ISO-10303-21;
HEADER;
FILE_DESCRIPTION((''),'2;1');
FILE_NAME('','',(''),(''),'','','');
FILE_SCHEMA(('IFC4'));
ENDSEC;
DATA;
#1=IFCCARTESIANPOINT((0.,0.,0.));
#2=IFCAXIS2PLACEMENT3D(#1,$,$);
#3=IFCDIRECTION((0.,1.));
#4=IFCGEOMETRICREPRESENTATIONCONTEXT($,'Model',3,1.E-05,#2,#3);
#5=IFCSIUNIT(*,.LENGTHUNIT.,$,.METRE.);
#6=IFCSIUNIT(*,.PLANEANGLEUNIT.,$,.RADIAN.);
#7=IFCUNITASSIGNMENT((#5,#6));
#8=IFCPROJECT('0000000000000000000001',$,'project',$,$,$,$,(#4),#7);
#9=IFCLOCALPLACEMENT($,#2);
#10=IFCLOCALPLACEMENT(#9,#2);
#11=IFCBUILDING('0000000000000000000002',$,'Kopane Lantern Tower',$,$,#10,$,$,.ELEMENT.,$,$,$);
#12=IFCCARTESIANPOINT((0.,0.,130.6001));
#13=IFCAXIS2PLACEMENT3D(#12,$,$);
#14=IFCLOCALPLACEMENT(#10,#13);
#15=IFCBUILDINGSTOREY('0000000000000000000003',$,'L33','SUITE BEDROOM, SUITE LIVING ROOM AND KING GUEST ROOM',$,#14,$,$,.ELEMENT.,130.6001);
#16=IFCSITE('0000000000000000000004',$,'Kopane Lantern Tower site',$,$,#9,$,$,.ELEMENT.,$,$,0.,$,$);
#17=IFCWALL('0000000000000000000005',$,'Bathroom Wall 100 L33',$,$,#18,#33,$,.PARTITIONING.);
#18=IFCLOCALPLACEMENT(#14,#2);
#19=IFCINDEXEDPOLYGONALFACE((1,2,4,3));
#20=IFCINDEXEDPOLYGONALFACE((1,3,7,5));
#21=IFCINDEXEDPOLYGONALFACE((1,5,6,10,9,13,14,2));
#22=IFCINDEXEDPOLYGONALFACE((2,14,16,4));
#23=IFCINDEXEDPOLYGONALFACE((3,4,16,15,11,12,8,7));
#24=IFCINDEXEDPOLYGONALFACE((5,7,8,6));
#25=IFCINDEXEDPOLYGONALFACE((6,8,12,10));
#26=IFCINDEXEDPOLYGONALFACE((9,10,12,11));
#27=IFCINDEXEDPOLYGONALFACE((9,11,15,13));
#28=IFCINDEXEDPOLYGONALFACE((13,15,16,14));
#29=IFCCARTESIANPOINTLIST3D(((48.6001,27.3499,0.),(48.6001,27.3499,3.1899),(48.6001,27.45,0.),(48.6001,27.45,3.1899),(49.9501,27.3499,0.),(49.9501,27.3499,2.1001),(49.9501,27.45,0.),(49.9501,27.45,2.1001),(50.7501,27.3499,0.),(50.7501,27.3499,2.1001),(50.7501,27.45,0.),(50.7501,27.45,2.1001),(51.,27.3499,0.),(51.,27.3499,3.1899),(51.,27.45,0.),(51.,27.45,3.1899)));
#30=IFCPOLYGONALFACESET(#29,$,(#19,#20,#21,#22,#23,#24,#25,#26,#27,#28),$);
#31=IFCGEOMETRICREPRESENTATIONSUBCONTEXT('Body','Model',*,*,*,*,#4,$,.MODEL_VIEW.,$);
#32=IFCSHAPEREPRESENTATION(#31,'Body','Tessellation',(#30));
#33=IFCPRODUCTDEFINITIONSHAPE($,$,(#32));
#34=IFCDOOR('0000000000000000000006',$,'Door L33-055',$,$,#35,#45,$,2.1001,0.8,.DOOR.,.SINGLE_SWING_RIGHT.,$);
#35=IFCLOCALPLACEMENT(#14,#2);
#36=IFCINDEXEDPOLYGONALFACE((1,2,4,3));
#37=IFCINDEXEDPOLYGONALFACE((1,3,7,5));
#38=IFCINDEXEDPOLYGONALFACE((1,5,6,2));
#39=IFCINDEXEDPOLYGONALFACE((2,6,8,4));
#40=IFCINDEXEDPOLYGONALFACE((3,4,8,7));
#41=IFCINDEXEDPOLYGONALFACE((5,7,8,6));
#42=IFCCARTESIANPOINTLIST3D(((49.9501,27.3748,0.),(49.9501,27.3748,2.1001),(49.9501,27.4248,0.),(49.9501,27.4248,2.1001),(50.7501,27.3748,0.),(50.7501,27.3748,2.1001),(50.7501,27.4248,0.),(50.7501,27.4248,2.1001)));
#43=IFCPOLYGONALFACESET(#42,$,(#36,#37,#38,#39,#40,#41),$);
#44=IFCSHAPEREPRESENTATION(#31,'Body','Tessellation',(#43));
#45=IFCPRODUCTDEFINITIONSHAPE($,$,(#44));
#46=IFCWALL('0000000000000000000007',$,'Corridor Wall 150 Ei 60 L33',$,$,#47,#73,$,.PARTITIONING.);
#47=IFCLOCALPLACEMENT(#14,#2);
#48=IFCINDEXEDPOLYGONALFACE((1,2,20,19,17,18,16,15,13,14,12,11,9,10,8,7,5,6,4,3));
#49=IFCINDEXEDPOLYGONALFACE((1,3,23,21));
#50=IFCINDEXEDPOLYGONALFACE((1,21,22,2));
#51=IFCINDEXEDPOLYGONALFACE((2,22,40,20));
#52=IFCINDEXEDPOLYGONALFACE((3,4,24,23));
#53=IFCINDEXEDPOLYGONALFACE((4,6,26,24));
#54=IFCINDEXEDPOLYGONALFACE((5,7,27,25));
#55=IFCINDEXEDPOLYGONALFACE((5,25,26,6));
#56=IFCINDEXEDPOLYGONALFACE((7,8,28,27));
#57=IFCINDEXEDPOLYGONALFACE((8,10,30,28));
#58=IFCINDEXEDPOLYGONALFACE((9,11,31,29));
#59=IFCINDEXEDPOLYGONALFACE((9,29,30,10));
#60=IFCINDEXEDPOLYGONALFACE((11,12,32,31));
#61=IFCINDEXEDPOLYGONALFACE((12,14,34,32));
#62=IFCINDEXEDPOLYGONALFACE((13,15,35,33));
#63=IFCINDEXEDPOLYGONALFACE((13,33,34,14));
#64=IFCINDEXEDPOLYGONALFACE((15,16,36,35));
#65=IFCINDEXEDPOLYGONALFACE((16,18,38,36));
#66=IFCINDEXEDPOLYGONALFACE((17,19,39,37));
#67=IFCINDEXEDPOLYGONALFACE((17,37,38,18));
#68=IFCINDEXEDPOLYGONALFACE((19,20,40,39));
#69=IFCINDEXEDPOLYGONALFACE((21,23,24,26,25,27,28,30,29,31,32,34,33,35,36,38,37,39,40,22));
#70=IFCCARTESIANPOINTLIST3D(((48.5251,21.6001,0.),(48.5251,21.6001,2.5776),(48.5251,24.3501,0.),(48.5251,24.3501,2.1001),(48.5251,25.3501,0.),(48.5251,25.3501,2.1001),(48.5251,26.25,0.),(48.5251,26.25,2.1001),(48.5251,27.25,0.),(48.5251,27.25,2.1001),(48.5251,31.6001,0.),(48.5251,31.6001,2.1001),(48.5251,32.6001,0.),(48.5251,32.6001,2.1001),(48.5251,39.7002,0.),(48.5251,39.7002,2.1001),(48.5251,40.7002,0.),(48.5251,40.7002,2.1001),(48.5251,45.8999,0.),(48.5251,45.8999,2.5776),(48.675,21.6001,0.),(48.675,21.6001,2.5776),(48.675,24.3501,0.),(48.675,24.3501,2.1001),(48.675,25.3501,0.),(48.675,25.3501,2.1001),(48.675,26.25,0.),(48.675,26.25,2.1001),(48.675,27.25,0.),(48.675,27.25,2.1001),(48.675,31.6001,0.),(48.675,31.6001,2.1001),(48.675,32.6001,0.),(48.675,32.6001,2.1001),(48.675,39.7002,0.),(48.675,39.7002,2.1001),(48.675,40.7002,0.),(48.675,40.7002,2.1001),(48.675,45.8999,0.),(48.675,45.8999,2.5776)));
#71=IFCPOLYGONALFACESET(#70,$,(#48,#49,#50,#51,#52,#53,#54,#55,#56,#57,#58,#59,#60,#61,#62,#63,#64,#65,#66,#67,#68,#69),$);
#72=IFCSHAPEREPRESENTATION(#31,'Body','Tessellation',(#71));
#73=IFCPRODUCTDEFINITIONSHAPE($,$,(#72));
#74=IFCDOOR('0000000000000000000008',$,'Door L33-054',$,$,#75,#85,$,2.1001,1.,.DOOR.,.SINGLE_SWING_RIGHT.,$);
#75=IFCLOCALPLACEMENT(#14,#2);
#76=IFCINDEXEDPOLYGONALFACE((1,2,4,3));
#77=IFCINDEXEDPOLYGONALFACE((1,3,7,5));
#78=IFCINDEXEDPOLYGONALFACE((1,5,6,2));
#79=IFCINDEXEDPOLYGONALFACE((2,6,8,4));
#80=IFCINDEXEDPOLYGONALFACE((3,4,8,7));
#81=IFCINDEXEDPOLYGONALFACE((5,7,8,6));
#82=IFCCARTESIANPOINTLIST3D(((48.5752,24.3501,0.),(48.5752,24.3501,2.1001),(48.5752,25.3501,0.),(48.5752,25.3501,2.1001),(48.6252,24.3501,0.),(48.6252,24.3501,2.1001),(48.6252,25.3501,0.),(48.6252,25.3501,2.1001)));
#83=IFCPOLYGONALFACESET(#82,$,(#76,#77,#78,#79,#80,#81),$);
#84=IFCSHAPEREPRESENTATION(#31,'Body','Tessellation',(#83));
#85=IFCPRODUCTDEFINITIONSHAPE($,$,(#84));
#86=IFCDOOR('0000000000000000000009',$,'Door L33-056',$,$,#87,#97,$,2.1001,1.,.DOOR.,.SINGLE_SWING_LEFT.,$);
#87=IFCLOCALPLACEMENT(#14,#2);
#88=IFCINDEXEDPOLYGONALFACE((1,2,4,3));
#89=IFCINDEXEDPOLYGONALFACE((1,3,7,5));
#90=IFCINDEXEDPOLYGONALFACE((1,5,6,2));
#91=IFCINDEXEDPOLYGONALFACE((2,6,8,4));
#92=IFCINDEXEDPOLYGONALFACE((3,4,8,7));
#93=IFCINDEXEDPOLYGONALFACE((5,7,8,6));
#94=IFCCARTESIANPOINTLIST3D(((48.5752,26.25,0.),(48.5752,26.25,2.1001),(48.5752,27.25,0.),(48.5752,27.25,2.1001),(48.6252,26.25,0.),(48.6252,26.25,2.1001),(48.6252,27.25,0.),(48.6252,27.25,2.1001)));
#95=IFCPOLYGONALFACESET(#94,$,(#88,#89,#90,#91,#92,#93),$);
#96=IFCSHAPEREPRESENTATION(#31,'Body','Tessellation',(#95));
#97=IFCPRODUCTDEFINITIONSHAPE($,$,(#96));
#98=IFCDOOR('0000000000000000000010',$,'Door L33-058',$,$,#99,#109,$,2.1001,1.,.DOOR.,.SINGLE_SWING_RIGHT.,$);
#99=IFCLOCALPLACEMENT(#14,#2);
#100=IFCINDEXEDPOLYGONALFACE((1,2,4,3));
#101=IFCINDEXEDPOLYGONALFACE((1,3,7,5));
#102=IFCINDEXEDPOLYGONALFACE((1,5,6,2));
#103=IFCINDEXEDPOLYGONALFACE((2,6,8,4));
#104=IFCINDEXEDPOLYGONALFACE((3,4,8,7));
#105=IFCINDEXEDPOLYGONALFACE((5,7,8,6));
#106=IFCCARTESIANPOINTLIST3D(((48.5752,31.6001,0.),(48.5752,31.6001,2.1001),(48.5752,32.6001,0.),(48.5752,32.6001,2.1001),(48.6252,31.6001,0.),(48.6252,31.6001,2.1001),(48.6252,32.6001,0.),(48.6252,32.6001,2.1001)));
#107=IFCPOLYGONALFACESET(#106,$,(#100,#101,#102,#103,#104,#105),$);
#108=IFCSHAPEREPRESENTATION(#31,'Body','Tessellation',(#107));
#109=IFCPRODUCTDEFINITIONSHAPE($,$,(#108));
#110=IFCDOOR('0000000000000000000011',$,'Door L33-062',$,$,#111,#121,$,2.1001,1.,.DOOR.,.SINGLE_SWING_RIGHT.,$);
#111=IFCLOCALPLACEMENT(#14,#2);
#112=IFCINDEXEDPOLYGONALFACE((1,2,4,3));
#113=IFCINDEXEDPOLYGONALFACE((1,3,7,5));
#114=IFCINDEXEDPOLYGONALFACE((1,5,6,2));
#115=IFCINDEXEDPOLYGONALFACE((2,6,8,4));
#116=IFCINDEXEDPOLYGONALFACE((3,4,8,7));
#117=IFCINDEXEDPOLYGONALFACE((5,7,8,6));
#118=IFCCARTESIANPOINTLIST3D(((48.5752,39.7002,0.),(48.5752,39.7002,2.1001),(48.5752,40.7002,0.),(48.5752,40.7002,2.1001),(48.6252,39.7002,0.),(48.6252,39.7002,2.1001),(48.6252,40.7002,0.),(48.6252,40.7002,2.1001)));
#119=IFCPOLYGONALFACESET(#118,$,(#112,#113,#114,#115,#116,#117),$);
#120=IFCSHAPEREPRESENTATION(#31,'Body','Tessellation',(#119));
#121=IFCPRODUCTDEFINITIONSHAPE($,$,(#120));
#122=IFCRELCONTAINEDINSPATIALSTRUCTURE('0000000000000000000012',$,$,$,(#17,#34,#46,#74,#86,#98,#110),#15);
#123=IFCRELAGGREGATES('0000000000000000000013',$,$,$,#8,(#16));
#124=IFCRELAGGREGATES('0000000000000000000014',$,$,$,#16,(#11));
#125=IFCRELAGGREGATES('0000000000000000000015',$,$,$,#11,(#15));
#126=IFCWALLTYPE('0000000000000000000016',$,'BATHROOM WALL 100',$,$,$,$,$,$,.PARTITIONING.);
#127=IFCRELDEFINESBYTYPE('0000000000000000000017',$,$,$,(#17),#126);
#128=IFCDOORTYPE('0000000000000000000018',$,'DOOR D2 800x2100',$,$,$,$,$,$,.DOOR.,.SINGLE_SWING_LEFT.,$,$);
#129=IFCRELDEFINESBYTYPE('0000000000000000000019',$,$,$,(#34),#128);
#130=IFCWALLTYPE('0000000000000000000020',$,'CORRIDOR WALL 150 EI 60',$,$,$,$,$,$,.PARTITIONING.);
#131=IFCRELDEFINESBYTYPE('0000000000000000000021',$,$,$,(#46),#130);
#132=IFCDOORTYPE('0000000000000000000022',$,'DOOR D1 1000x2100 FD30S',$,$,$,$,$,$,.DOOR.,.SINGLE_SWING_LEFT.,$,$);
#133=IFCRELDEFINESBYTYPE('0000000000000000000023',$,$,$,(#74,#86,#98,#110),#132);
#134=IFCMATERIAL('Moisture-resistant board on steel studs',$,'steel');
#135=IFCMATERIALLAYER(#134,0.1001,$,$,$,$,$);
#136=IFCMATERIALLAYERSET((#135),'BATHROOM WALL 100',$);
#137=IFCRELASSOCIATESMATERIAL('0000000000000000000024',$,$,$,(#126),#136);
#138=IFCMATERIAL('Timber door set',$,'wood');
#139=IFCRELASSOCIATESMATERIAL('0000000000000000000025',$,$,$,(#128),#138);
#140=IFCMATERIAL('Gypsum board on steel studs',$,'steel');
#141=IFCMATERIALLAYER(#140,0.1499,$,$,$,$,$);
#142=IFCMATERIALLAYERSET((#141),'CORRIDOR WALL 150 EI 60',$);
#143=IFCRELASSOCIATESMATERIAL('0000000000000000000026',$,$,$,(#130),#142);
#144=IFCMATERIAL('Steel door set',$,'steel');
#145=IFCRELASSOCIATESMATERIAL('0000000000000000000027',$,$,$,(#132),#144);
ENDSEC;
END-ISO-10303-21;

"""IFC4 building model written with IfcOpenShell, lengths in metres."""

from ifc_helpers import new_model, si_unit, direction, frame, frame_2d, origin, place, context, subcontext, project, spatial, rectangle, extrude, material, layer, layer_set, type_object, element, fill, save


model = new_model("IFC4")

# Units and contexts
model_context = context("Model", 3, precision=1e-05, world=origin(), true_north=direction((0.0, 1.0)))
body_context = subcontext(model_context, "Body", "Model", "MODEL_VIEW")
ifc_project = project(units=[si_unit("LENGTHUNIT", "METRE"), si_unit("PLANEANGLEUNIT", "RADIAN")], contexts=[model_context])

# Site, building, storey
site_placement = place(None, origin())
site = spatial("IfcSite", under=ifc_project, at=site_placement, Name="Kopane Lantern Tower site", CompositionType="ELEMENT", RefElevation=0.0)
building_placement = place(site_placement, origin())
building = spatial("IfcBuilding", under=site, at=building_placement, Name="Kopane Lantern Tower", CompositionType="ELEMENT")
storey_placement = place(building_placement, frame((0.0, 0.0, 130.6001)))
storey = spatial("IfcBuildingStorey", under=building, at=storey_placement, Name="L33", Description="SUITE BEDROOM, SUITE LIVING ROOM AND KING GUEST ROOM", CompositionType="ELEMENT", Elevation=130.6001)

# Wall, opening, door
ifc_material_1 = material(Name="Moisture-resistant board on steel studs", Category="steel")
ifc_layer_1 = layer(ifc_material_1, 0.1001)
ifc_layer_set_1 = layer_set([ifc_layer_1], Name="BATHROOM WALL 100")
wall_type_1 = type_object("IfcWallType", Name="BATHROOM WALL 100", PredefinedType="PARTITIONING", material=ifc_layer_set_1)
wall_1_placement = place(storey_placement, frame((48.6001, 27.3999, 0.0), z_axis=(0.0, 0.0, 1.0), x_axis=(1.0, 0.0, 0.0)))
wall_1 = element("IfcWall", 1, at=wall_1_placement, inside=storey, type_object=wall_type_1, Name="Bathroom Wall 100 L33", PredefinedType="PARTITIONING", context=body_context, shape_type="SweptSolid", body=[
    extrude(rectangle(XDim=2.3999, YDim=0.1001, at=frame_2d((1.2, 0.0))), origin(), (0.0, 0.0, 1.0), 3.1899),
])
opening_1_placement = place(wall_1_placement, frame((1.3501, 0.0, 0.0)))
opening_1 = element("IfcOpeningElement", 2, at=opening_1_placement, cuts=wall_1, PredefinedType="OPENING", context=body_context, shape_type="SweptSolid", body=[
    extrude(rectangle(XDim=0.8, YDim=2.1001, at=frame_2d((0.3999, 1.05))), frame((0.0, 0.0601, 0.0), z_axis=(0.0, -1.0, 0.0), x_axis=(1.0, 0.0, 0.0)), (0.0, 0.0, 1.0), 0.1201),
])
ifc_material_2 = material(Name="Timber door set", Category="wood")
door_type_1 = type_object("IfcDoorType", Name="DOOR D2 800x2100", OperationType="SINGLE_SWING_LEFT", PredefinedType="DOOR", material=ifc_material_2)
door_1_placement = place(opening_1_placement, origin())
door_1 = element("IfcDoor", 3, at=door_1_placement, inside=storey, type_object=door_type_1, Name="Door L33-055", OperationType="SINGLE_SWING_RIGHT", OverallHeight=2.1001, OverallWidth=0.8, PredefinedType="DOOR", context=body_context, shape_type="SweptSolid", body=[
    extrude(rectangle(XDim=0.8, YDim=2.1001, at=frame_2d((0.3999, 1.05))), frame((0.0, 0.0249, 0.0), z_axis=(0.0, -1.0, 0.0), x_axis=(1.0, 0.0, 0.0)), (0.0, 0.0, 1.0), 0.05),
])
fill(opening_1, door_1)

# Wall, openings, doors
ifc_material_3 = material(Name="Gypsum board on steel studs", Category="steel")
ifc_layer_2 = layer(ifc_material_3, 0.1499)
ifc_layer_set_2 = layer_set([ifc_layer_2], Name="CORRIDOR WALL 150 EI 60")
wall_type_2 = type_object("IfcWallType", Name="CORRIDOR WALL 150 EI 60", PredefinedType="PARTITIONING", material=ifc_layer_set_2)
wall_2_placement = place(storey_placement, frame((48.6001, 21.6001, 0.0), z_axis=(0.0, 0.0, 1.0), x_axis=(0.0, 1.0, 0.0)))
wall_2 = element("IfcWall", 4, at=wall_2_placement, inside=storey, type_object=wall_type_2, Name="Corridor Wall 150 Ei 60 L33", PredefinedType="PARTITIONING", context=body_context, shape_type="SweptSolid", body=[
    extrude(rectangle(XDim=24.2998, YDim=0.1499, at=frame_2d((12.1499, 0.0))), origin(), (0.0, 0.0, 1.0), 2.5776),
])
opening_2_placement = place(wall_2_placement, frame((2.75, 0.0, 0.0)))
opening_2 = element("IfcOpeningElement", 5, at=opening_2_placement, cuts=wall_2, PredefinedType="OPENING", context=body_context, shape_type="SweptSolid", body=[
    extrude(rectangle(XDim=1.0, YDim=2.1001, at=frame_2d((0.5, 1.05))), frame((0.0, 0.085, 0.0), z_axis=(0.0, -1.0, 0.0), x_axis=(1.0, 0.0, 0.0)), (0.0, 0.0, 1.0), 0.1699),
])
opening_3_placement = place(wall_2_placement, frame((4.6499, 0.0, 0.0)))
opening_3 = element("IfcOpeningElement", 6, at=opening_3_placement, cuts=wall_2, PredefinedType="OPENING", context=body_context, shape_type="SweptSolid", body=[
    extrude(rectangle(XDim=1.0, YDim=2.1001, at=frame_2d((0.5, 1.05))), frame((0.0, 0.085, 0.0), z_axis=(0.0, -1.0, 0.0), x_axis=(1.0, 0.0, 0.0)), (0.0, 0.0, 1.0), 0.1699),
])
opening_4_placement = place(wall_2_placement, frame((10.0, 0.0, 0.0)))
opening_4 = element("IfcOpeningElement", 7, at=opening_4_placement, cuts=wall_2, PredefinedType="OPENING", context=body_context, shape_type="SweptSolid", body=[
    extrude(rectangle(XDim=1.0, YDim=2.1001, at=frame_2d((0.5, 1.05))), frame((0.0, 0.085, 0.0), z_axis=(0.0, -1.0, 0.0), x_axis=(1.0, 0.0, 0.0)), (0.0, 0.0, 1.0), 0.1699),
])
opening_5_placement = place(wall_2_placement, frame((18.1001, 0.0, 0.0)))
opening_5 = element("IfcOpeningElement", 8, at=opening_5_placement, cuts=wall_2, PredefinedType="OPENING", context=body_context, shape_type="SweptSolid", body=[
    extrude(rectangle(XDim=1.0, YDim=2.1001, at=frame_2d((0.5, 1.05))), frame((0.0, 0.085, 0.0), z_axis=(0.0, -1.0, 0.0), x_axis=(1.0, 0.0, 0.0)), (0.0, 0.0, 1.0), 0.1699),
])
ifc_material_4 = material(Name="Steel door set", Category="steel")
door_type_2 = type_object("IfcDoorType", Name="DOOR D1 1000x2100 FD30S", OperationType="SINGLE_SWING_LEFT", PredefinedType="DOOR", material=ifc_material_4)
door_2_placement = place(opening_2_placement, origin())
door_2 = element("IfcDoor", 9, at=door_2_placement, inside=storey, type_object=door_type_2, Name="Door L33-054", OperationType="SINGLE_SWING_RIGHT", OverallHeight=2.1001, OverallWidth=1.0, PredefinedType="DOOR", context=body_context, shape_type="SweptSolid", body=[
    extrude(rectangle(XDim=1.0, YDim=2.1001, at=frame_2d((0.5, 1.05))), frame((0.0, 0.0249, 0.0), z_axis=(0.0, -1.0, 0.0), x_axis=(1.0, 0.0, 0.0)), (0.0, 0.0, 1.0), 0.05),
])
fill(opening_2, door_2)
door_3_placement = place(opening_3_placement, origin())
door_3 = element("IfcDoor", 10, at=door_3_placement, inside=storey, type_object=door_type_2, Name="Door L33-056", OperationType="SINGLE_SWING_LEFT", OverallHeight=2.1001, OverallWidth=1.0, PredefinedType="DOOR", context=body_context, shape_type="SweptSolid", body=[
    extrude(rectangle(XDim=1.0, YDim=2.1001, at=frame_2d((0.5, 1.05))), frame((0.0, 0.0249, 0.0), z_axis=(0.0, -1.0, 0.0), x_axis=(1.0, 0.0, 0.0)), (0.0, 0.0, 1.0), 0.05),
])
fill(opening_3, door_3)
door_4_placement = place(opening_4_placement, origin())
door_4 = element("IfcDoor", 11, at=door_4_placement, inside=storey, type_object=door_type_2, Name="Door L33-058", OperationType="SINGLE_SWING_RIGHT", OverallHeight=2.1001, OverallWidth=1.0, PredefinedType="DOOR", context=body_context, shape_type="SweptSolid", body=[
    extrude(rectangle(XDim=1.0, YDim=2.1001, at=frame_2d((0.5, 1.05))), frame((0.0, 0.0249, 0.0), z_axis=(0.0, -1.0, 0.0), x_axis=(1.0, 0.0, 0.0)), (0.0, 0.0, 1.0), 0.05),
])
fill(opening_4, door_4)
door_5_placement = place(opening_5_placement, origin())
door_5 = element("IfcDoor", 12, at=door_5_placement, inside=storey, type_object=door_type_2, Name="Door L33-062", OperationType="SINGLE_SWING_RIGHT", OverallHeight=2.1001, OverallWidth=1.0, PredefinedType="DOOR", context=body_context, shape_type="SweptSolid", body=[
    extrude(rectangle(XDim=1.0, YDim=2.1001, at=frame_2d((0.5, 1.05))), frame((0.0, 0.0249, 0.0), z_axis=(0.0, -1.0, 0.0), x_axis=(1.0, 0.0, 0.0)), (0.0, 0.0, 1.0), 0.05),
])
fill(opening_5, door_5)

save(model, "model.ifc")
